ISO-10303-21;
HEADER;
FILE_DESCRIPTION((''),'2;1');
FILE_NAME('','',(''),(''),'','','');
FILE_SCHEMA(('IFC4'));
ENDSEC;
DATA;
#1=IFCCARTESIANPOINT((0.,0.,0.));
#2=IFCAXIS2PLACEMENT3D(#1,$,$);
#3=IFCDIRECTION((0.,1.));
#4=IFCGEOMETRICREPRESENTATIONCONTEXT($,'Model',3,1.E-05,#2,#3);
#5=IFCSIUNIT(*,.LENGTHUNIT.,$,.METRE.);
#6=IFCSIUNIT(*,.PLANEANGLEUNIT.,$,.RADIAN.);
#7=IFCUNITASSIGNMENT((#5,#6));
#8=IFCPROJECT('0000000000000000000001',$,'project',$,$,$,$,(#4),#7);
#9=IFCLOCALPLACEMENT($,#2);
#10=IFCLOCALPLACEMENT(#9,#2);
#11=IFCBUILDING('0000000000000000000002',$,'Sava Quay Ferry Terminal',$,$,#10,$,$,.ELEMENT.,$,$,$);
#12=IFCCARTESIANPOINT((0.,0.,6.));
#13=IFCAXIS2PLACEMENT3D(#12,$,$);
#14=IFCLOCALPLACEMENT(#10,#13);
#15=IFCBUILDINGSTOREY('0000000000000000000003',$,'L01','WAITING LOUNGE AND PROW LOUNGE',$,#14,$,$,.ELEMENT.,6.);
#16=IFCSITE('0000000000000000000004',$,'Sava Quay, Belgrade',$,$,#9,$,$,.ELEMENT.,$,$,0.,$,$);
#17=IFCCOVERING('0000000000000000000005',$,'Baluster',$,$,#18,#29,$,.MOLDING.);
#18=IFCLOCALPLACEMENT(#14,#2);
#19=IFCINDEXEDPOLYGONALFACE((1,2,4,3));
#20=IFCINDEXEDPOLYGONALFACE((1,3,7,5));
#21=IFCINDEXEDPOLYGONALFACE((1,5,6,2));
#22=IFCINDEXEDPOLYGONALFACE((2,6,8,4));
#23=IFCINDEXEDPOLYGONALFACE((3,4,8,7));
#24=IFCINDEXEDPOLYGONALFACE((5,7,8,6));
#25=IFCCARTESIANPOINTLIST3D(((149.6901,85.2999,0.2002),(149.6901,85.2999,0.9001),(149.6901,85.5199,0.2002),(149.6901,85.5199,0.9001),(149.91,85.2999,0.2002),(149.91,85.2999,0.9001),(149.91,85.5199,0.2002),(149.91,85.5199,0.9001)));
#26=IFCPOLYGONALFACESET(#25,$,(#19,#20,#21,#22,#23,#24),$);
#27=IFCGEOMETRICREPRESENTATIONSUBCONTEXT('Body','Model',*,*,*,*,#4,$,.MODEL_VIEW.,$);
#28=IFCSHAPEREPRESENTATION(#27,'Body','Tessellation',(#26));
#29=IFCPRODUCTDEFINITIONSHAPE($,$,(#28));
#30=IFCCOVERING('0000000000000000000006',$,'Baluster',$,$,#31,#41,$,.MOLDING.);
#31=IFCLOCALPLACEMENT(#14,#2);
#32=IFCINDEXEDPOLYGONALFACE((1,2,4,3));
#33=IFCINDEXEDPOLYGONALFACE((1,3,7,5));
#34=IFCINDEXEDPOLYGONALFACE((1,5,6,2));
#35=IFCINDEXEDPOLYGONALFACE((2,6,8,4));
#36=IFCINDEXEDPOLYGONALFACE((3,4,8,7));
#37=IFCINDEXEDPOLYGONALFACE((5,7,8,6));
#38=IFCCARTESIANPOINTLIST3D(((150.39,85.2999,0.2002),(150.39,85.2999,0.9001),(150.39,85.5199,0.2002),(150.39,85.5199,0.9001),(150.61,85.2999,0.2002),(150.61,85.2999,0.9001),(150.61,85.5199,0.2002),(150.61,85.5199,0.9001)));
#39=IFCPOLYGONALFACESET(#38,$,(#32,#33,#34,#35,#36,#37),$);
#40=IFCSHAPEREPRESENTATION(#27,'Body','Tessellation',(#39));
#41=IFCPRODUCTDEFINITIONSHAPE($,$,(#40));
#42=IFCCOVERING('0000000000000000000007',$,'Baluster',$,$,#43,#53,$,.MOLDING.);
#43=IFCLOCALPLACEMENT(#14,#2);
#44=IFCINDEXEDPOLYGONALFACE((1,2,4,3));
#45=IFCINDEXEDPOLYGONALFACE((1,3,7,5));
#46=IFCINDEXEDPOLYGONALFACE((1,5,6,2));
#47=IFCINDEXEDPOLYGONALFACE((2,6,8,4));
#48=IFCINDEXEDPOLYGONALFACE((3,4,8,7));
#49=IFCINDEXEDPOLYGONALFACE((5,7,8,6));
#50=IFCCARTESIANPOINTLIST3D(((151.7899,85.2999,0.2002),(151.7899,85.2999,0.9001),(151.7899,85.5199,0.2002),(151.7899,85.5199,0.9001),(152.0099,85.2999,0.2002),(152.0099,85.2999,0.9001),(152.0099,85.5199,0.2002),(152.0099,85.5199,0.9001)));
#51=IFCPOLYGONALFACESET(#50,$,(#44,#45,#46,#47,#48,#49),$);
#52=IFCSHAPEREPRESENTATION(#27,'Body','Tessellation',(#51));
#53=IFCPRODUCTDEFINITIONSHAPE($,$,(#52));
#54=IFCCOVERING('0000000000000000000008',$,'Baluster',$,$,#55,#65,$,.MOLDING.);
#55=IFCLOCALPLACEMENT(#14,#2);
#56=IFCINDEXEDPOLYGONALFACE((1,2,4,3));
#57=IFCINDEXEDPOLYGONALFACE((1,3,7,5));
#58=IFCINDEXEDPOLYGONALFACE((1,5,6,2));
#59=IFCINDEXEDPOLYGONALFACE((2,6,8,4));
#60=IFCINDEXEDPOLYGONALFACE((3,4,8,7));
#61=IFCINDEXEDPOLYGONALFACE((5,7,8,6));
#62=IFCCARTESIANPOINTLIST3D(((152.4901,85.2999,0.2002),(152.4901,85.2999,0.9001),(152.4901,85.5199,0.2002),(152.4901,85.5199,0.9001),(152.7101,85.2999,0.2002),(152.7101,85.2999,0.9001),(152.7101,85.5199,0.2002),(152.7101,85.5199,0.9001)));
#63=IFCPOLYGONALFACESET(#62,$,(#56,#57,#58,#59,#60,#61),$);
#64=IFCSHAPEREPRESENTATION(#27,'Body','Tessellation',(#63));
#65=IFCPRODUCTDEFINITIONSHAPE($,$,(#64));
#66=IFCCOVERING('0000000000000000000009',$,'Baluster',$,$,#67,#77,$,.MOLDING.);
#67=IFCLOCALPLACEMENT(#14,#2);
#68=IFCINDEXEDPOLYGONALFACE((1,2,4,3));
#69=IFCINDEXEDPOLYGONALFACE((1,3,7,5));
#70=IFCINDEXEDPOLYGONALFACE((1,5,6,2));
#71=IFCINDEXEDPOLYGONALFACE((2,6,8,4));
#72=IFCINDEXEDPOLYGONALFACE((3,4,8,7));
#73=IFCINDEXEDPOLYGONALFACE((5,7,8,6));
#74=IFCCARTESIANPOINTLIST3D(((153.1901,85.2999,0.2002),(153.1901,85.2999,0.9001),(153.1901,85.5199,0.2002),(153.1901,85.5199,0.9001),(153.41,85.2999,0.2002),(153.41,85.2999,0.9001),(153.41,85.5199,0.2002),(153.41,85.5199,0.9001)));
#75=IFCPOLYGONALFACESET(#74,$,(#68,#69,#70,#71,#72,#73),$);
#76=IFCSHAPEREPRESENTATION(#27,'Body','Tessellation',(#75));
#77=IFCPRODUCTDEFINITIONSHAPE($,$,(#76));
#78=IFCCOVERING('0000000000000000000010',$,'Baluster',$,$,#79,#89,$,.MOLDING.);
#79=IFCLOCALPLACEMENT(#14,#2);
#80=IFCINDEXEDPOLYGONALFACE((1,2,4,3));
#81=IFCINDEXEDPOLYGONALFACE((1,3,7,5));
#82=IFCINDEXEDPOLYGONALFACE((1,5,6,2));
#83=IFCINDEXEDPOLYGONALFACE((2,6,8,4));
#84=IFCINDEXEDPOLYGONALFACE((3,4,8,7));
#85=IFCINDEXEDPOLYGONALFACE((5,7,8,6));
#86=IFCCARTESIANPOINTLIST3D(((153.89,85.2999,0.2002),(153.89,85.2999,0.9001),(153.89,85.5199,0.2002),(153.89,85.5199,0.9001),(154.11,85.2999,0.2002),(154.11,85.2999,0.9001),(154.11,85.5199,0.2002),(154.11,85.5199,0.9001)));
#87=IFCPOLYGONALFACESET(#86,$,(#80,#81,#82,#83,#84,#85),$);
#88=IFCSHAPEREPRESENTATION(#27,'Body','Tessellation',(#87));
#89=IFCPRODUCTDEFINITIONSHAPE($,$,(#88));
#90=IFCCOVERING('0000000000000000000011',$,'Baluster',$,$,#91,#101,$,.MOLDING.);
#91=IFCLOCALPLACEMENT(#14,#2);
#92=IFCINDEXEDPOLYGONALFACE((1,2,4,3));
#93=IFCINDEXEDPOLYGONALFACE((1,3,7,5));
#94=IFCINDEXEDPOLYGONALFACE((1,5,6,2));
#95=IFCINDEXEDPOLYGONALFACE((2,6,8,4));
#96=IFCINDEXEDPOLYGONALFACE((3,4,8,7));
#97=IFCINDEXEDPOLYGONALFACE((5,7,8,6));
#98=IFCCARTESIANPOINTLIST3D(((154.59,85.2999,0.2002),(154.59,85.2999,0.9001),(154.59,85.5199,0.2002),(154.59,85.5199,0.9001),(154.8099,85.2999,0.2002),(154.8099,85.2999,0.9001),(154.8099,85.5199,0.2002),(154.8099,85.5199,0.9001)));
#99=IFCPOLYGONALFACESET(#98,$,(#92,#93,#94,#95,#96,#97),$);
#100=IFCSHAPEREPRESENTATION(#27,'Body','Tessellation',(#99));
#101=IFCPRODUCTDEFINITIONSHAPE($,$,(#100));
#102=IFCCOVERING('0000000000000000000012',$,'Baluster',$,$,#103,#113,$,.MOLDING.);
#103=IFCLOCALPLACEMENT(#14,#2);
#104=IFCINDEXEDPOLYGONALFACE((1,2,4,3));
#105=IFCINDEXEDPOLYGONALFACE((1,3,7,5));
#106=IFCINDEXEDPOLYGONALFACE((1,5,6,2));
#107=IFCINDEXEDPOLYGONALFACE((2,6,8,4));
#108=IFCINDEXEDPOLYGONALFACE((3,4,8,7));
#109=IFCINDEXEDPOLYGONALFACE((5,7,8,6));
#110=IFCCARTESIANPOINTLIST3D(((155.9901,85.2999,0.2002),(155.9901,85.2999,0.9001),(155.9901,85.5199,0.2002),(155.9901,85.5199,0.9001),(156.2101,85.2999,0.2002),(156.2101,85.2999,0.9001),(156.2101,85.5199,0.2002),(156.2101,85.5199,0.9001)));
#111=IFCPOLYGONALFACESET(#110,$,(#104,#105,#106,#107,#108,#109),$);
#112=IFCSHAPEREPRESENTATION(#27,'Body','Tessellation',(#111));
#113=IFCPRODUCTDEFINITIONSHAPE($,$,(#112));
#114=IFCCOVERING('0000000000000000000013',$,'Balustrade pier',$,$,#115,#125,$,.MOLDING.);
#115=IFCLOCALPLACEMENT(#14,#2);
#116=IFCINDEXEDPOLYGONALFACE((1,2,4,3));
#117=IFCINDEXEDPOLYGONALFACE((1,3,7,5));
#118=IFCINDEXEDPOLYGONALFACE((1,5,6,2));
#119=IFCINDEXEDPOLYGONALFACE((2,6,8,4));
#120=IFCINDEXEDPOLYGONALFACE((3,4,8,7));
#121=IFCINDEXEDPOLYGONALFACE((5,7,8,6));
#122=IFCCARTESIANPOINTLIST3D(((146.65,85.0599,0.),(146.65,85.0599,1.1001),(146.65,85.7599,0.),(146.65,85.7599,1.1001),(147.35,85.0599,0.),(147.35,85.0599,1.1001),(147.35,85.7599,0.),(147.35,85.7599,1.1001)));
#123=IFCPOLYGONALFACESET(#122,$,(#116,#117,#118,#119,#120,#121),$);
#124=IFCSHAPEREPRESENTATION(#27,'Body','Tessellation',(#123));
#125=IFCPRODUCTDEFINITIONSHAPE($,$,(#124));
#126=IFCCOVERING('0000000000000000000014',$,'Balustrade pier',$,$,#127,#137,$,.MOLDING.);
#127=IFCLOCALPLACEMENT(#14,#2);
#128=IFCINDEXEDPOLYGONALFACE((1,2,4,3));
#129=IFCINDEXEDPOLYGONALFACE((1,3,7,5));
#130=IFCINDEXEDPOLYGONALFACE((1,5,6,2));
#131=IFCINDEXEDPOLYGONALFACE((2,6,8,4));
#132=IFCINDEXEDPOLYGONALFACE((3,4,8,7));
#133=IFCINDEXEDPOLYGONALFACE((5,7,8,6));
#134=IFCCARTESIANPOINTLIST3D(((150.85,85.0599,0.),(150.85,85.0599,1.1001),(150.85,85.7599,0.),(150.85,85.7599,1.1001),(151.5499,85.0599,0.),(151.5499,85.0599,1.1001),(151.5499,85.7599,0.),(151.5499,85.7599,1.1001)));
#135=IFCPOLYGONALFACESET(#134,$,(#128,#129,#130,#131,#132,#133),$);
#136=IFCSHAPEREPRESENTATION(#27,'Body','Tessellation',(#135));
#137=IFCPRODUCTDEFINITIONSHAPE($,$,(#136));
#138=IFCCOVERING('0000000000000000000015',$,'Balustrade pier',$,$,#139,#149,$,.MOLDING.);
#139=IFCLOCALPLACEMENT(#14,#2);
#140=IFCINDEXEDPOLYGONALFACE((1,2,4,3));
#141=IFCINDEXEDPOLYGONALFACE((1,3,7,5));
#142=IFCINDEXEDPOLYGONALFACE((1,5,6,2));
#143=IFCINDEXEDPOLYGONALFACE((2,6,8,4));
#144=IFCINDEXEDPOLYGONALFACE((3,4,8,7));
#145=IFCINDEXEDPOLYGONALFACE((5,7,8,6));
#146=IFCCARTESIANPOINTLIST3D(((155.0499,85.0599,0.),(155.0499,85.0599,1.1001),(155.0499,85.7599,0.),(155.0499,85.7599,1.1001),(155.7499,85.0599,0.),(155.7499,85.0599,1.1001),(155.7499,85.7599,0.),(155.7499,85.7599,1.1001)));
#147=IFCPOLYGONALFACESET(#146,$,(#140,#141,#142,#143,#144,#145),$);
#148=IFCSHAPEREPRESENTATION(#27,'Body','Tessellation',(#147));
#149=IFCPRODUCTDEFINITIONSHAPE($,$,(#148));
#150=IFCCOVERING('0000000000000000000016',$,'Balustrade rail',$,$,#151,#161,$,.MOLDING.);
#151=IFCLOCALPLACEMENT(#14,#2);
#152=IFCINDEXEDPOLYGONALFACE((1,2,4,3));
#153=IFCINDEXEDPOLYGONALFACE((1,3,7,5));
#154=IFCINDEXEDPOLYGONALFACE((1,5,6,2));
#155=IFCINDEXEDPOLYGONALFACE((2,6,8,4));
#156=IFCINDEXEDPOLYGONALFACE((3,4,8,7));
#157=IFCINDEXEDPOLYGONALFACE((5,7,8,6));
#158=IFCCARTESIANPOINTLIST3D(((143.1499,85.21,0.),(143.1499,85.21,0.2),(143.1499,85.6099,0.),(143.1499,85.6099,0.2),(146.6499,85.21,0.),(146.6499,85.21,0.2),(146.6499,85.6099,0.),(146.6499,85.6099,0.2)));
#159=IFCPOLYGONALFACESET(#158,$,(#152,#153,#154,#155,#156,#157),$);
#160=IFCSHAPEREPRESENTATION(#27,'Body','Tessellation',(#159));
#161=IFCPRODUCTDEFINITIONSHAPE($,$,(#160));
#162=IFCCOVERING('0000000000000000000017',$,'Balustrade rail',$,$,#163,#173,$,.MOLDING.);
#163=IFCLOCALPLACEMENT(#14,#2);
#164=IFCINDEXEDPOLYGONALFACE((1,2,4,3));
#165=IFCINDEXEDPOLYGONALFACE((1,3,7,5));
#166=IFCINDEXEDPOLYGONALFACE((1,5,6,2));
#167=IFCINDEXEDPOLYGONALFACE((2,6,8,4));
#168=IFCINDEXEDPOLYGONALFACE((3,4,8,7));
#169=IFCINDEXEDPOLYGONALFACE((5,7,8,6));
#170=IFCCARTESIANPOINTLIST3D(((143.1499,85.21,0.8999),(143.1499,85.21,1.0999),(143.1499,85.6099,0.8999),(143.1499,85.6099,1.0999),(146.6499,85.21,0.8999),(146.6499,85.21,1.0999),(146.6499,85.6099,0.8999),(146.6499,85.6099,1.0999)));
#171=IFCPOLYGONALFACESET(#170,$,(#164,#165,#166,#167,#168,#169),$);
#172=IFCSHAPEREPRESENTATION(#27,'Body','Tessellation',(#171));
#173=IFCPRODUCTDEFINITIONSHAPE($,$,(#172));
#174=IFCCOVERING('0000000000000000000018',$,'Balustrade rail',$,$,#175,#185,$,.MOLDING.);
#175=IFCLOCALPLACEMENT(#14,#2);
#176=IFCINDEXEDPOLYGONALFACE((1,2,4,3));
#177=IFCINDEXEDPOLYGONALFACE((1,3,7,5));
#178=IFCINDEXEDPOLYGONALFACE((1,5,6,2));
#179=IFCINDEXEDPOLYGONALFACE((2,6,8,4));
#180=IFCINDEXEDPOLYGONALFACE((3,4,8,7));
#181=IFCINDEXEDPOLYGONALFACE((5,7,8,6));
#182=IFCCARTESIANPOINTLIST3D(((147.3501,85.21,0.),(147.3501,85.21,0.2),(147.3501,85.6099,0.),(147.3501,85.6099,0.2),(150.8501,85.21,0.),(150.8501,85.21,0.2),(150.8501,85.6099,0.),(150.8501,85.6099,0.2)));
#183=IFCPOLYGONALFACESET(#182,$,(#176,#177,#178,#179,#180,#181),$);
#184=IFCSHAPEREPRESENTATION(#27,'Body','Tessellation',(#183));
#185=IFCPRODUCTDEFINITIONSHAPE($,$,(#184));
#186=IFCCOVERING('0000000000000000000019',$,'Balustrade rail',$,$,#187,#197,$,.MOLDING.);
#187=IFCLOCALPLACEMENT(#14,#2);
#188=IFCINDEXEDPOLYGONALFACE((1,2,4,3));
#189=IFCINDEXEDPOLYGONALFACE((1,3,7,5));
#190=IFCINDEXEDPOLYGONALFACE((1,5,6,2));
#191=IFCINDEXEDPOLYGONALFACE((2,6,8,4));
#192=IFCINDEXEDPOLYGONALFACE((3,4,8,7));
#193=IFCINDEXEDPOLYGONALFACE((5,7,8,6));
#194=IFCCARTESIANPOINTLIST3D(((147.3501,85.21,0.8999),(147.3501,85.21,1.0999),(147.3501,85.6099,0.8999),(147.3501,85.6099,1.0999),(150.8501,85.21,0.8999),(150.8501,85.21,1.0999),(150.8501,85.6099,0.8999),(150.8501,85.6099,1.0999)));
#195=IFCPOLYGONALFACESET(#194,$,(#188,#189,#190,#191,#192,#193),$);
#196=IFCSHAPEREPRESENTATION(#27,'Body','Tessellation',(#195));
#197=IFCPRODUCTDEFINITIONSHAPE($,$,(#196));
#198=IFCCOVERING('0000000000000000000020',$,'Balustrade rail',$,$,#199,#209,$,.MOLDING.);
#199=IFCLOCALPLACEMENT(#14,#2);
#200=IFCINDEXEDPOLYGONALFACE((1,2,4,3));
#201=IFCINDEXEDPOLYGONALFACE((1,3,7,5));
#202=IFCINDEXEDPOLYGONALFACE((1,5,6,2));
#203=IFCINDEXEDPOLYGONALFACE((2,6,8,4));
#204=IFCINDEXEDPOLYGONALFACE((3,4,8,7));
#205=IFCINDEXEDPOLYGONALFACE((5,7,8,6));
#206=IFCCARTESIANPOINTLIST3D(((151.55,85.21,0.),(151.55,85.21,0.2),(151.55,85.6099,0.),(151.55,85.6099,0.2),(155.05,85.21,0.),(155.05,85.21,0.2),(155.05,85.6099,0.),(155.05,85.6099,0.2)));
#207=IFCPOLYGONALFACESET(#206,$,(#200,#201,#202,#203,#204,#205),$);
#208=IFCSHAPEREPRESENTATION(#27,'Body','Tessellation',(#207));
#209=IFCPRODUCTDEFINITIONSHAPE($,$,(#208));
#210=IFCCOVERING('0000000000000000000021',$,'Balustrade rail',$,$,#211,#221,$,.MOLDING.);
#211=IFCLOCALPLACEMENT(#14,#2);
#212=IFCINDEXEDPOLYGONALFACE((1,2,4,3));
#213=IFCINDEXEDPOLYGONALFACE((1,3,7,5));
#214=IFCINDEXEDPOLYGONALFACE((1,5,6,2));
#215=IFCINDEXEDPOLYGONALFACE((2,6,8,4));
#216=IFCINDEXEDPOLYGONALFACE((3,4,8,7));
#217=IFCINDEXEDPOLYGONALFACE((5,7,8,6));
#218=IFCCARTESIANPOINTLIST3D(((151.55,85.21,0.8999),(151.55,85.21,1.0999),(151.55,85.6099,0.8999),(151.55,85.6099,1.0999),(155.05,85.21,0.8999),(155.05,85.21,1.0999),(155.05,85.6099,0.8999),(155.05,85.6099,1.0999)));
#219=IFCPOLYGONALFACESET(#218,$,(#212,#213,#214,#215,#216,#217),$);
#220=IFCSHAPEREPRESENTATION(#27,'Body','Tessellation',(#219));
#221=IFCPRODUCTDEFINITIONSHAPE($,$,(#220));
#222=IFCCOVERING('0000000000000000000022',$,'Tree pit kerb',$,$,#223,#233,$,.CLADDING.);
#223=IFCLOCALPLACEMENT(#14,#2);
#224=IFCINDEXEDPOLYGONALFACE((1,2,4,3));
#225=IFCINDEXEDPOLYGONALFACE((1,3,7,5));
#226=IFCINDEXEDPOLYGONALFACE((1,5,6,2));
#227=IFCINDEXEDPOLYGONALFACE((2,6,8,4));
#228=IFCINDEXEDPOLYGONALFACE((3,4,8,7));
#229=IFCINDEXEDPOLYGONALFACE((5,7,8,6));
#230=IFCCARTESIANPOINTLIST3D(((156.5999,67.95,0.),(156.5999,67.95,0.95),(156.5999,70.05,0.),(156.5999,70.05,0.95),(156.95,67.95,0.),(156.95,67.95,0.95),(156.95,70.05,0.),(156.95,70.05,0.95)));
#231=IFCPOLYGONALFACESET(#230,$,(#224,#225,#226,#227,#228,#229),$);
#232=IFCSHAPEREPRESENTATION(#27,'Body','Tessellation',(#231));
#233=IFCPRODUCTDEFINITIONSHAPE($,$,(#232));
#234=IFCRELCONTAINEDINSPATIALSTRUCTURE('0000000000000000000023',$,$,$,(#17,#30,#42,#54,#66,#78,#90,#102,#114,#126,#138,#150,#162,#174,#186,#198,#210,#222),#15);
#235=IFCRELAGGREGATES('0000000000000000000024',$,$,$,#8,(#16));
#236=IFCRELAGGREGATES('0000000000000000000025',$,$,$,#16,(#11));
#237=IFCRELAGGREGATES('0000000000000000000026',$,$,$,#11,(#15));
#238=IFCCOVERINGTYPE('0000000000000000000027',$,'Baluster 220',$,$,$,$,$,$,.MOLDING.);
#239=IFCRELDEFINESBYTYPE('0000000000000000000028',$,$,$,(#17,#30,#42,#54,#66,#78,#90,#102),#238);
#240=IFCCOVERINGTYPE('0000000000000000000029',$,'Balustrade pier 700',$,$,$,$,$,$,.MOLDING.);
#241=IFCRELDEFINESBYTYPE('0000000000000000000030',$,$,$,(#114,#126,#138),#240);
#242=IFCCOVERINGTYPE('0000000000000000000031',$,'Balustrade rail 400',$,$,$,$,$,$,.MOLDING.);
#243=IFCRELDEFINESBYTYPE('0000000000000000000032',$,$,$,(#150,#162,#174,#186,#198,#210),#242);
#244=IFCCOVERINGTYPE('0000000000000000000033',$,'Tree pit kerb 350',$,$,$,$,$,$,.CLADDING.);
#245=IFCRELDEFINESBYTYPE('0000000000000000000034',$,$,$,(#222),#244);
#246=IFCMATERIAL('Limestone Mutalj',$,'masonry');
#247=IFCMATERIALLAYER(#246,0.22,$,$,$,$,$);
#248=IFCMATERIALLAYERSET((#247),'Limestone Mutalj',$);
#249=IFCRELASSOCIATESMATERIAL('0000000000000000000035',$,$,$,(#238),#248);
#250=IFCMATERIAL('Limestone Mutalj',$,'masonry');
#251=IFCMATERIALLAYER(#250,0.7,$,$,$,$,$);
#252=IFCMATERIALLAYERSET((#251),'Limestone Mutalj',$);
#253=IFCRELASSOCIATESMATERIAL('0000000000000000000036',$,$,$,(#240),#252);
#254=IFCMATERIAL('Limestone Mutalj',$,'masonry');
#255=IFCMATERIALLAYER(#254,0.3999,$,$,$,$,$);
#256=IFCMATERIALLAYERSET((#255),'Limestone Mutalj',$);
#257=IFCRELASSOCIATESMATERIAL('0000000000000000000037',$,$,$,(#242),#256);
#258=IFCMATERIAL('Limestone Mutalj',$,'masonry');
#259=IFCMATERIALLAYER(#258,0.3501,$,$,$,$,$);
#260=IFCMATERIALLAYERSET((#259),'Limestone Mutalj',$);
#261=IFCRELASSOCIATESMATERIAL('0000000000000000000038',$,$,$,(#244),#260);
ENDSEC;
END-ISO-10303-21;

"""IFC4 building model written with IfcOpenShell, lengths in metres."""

from ifc_helpers import new_model, si_unit, direction, frame, origin, origin_2d, place, context, subcontext, project, spatial, rectangle, extrude, material, layer, layer_set, type_object, element, save


model = new_model("IFC4")

# Units and contexts
model_context = context("Model", 3, precision=1e-05, world=origin(), true_north=direction((0.0, 1.0)))
body_context = subcontext(model_context, "Body", "Model", "MODEL_VIEW")
ifc_project = project(units=[si_unit("LENGTHUNIT", "METRE"), si_unit("PLANEANGLEUNIT", "RADIAN")], contexts=[model_context])

# Site, building, storey
site_placement = place(None, origin())
site = spatial("IfcSite", under=ifc_project, at=site_placement, Name="Sava Quay, Belgrade", CompositionType="ELEMENT", RefElevation=0.0)
building_placement = place(site_placement, origin())
building = spatial("IfcBuilding", under=site, at=building_placement, Name="Sava Quay Ferry Terminal", CompositionType="ELEMENT")
storey_placement = place(building_placement, frame((0.0, 0.0, 6.0)))
storey = spatial("IfcBuildingStorey", under=building, at=storey_placement, Name="L01", Description="WAITING LOUNGE AND PROW LOUNGE", CompositionType="ELEMENT", Elevation=6.0)

# Coverings
ifc_material_1 = material(Name="Limestone Mutalj", Category="masonry")
ifc_layer_1 = layer(ifc_material_1, 0.22)
ifc_layer_set_1 = layer_set([ifc_layer_1], Name="Limestone Mutalj")
covering_type_1 = type_object("IfcCoveringType", Name="Baluster 220", PredefinedType="MOLDING", material=ifc_layer_set_1)
for number, where, z_axis, x_axis, name in (
    (1, (149.8, 85.4099, 0.2002), (0.0, 0.0, 1.0), (1.0, 0.0, 0.0), "Baluster"),
    (2, (150.5, 85.4099, 0.2002), (0.0, 0.0, 1.0), (1.0, 0.0, 0.0), "Baluster"),
    (3, (151.8999, 85.4099, 0.2002), (0.0, 0.0, 1.0), (1.0, 0.0, 0.0), "Baluster"),
    (4, (152.6001, 85.4099, 0.2002), (0.0, 0.0, 1.0), (1.0, 0.0, 0.0), "Baluster"),
    (5, (153.3, 85.4099, 0.2002), (0.0, 0.0, 1.0), (1.0, 0.0, 0.0), "Baluster"),
    (6, (154.0, 85.4099, 0.2002), (0.0, 0.0, 1.0), (1.0, 0.0, 0.0), "Baluster"),
    (7, (154.7, 85.4099, 0.2002), (0.0, 0.0, 1.0), (1.0, 0.0, 0.0), "Baluster"),
    (8, (156.1001, 85.4099, 0.2002), (0.0, 0.0, 1.0), (1.0, 0.0, 0.0), "Baluster"),
):
    element("IfcCovering", number, at=place(storey_placement, frame(where, z_axis=z_axis, x_axis=x_axis)), inside=storey, type_object=covering_type_1, Name=name, PredefinedType="MOLDING", context=body_context, shape_type="SweptSolid", body=[
        extrude(rectangle(XDim=0.22, YDim=0.22, at=origin_2d()), origin(), (0.0, 0.0, 1.0), 0.7),
    ])
ifc_material_2 = material(Name="Limestone Mutalj", Category="masonry")
ifc_layer_2 = layer(ifc_material_2, 0.7)
ifc_layer_set_2 = layer_set([ifc_layer_2], Name="Limestone Mutalj")
covering_type_2 = type_object("IfcCoveringType", Name="Balustrade pier 700", PredefinedType="MOLDING", material=ifc_layer_set_2)
for number, where, z_axis, x_axis, name in (
    (9, (147.0, 85.4099, 0.0), (0.0, 0.0, 1.0), (1.0, 0.0, 0.0), "Balustrade pier"),
    (10, (151.2, 85.4099, 0.0), (0.0, 0.0, 1.0), (1.0, 0.0, 0.0), "Balustrade pier"),
    (11, (155.3999, 85.4099, 0.0), (0.0, 0.0, 1.0), (1.0, 0.0, 0.0), "Balustrade pier"),
):
    element("IfcCovering", number, at=place(storey_placement, frame(where, z_axis=z_axis, x_axis=x_axis)), inside=storey, type_object=covering_type_2, Name=name, PredefinedType="MOLDING", context=body_context, shape_type="SweptSolid", body=[
        extrude(rectangle(XDim=0.7, YDim=0.7, at=origin_2d()), origin(), (0.0, 0.0, 1.0), 1.1001),
    ])
ifc_material_3 = material(Name="Limestone Mutalj", Category="masonry")
ifc_layer_3 = layer(ifc_material_3, 0.3999)
ifc_layer_set_3 = layer_set([ifc_layer_3], Name="Limestone Mutalj")
covering_type_3 = type_object("IfcCoveringType", Name="Balustrade rail 400", PredefinedType="MOLDING", material=ifc_layer_set_3)
for number, where, z_axis, x_axis, name in (
    (12, (144.8999, 85.4099, 0.0), (0.0, 0.0, 1.0), (1.0, 0.0, 0.0), "Balustrade rail"),
    (13, (144.8999, 85.4099, 0.8999), (0.0, 0.0, 1.0), (1.0, 0.0, 0.0), "Balustrade rail"),
    (14, (149.1001, 85.4099, 0.0), (0.0, 0.0, 1.0), (1.0, 0.0, 0.0), "Balustrade rail"),
    (15, (149.1001, 85.4099, 0.8999), (0.0, 0.0, 1.0), (1.0, 0.0, 0.0), "Balustrade rail"),
    (16, (153.3, 85.4099, 0.0), (0.0, 0.0, 1.0), (1.0, 0.0, 0.0), "Balustrade rail"),
    (17, (153.3, 85.4099, 0.8999), (0.0, 0.0, 1.0), (1.0, 0.0, 0.0), "Balustrade rail"),
):
    element("IfcCovering", number, at=place(storey_placement, frame(where, z_axis=z_axis, x_axis=x_axis)), inside=storey, type_object=covering_type_3, Name=name, PredefinedType="MOLDING", context=body_context, shape_type="SweptSolid", body=[
        extrude(rectangle(XDim=3.5, YDim=0.3999, at=origin_2d()), origin(), (0.0, 0.0, 1.0), 0.2),
    ])
ifc_material_4 = material(Name="Limestone Mutalj", Category="masonry")
ifc_layer_4 = layer(ifc_material_4, 0.3501)
ifc_layer_set_4 = layer_set([ifc_layer_4], Name="Limestone Mutalj")
covering_type_4 = type_object("IfcCoveringType", Name="Tree pit kerb 350", PredefinedType="CLADDING", material=ifc_layer_set_4)
covering_placement = place(storey_placement, frame((156.7749, 69.0, 0.0), z_axis=(0.0, 0.0, 1.0), x_axis=(1.0, 0.0, 0.0)))
element("IfcCovering", 18, at=covering_placement, inside=storey, type_object=covering_type_4, Name="Tree pit kerb", PredefinedType="CLADDING", context=body_context, shape_type="SweptSolid", body=[
    extrude(rectangle(XDim=0.3501, YDim=2.1001, at=origin_2d()), origin(), (0.0, 0.0, 1.0), 0.95),
])

save(model, "model.ifc")
